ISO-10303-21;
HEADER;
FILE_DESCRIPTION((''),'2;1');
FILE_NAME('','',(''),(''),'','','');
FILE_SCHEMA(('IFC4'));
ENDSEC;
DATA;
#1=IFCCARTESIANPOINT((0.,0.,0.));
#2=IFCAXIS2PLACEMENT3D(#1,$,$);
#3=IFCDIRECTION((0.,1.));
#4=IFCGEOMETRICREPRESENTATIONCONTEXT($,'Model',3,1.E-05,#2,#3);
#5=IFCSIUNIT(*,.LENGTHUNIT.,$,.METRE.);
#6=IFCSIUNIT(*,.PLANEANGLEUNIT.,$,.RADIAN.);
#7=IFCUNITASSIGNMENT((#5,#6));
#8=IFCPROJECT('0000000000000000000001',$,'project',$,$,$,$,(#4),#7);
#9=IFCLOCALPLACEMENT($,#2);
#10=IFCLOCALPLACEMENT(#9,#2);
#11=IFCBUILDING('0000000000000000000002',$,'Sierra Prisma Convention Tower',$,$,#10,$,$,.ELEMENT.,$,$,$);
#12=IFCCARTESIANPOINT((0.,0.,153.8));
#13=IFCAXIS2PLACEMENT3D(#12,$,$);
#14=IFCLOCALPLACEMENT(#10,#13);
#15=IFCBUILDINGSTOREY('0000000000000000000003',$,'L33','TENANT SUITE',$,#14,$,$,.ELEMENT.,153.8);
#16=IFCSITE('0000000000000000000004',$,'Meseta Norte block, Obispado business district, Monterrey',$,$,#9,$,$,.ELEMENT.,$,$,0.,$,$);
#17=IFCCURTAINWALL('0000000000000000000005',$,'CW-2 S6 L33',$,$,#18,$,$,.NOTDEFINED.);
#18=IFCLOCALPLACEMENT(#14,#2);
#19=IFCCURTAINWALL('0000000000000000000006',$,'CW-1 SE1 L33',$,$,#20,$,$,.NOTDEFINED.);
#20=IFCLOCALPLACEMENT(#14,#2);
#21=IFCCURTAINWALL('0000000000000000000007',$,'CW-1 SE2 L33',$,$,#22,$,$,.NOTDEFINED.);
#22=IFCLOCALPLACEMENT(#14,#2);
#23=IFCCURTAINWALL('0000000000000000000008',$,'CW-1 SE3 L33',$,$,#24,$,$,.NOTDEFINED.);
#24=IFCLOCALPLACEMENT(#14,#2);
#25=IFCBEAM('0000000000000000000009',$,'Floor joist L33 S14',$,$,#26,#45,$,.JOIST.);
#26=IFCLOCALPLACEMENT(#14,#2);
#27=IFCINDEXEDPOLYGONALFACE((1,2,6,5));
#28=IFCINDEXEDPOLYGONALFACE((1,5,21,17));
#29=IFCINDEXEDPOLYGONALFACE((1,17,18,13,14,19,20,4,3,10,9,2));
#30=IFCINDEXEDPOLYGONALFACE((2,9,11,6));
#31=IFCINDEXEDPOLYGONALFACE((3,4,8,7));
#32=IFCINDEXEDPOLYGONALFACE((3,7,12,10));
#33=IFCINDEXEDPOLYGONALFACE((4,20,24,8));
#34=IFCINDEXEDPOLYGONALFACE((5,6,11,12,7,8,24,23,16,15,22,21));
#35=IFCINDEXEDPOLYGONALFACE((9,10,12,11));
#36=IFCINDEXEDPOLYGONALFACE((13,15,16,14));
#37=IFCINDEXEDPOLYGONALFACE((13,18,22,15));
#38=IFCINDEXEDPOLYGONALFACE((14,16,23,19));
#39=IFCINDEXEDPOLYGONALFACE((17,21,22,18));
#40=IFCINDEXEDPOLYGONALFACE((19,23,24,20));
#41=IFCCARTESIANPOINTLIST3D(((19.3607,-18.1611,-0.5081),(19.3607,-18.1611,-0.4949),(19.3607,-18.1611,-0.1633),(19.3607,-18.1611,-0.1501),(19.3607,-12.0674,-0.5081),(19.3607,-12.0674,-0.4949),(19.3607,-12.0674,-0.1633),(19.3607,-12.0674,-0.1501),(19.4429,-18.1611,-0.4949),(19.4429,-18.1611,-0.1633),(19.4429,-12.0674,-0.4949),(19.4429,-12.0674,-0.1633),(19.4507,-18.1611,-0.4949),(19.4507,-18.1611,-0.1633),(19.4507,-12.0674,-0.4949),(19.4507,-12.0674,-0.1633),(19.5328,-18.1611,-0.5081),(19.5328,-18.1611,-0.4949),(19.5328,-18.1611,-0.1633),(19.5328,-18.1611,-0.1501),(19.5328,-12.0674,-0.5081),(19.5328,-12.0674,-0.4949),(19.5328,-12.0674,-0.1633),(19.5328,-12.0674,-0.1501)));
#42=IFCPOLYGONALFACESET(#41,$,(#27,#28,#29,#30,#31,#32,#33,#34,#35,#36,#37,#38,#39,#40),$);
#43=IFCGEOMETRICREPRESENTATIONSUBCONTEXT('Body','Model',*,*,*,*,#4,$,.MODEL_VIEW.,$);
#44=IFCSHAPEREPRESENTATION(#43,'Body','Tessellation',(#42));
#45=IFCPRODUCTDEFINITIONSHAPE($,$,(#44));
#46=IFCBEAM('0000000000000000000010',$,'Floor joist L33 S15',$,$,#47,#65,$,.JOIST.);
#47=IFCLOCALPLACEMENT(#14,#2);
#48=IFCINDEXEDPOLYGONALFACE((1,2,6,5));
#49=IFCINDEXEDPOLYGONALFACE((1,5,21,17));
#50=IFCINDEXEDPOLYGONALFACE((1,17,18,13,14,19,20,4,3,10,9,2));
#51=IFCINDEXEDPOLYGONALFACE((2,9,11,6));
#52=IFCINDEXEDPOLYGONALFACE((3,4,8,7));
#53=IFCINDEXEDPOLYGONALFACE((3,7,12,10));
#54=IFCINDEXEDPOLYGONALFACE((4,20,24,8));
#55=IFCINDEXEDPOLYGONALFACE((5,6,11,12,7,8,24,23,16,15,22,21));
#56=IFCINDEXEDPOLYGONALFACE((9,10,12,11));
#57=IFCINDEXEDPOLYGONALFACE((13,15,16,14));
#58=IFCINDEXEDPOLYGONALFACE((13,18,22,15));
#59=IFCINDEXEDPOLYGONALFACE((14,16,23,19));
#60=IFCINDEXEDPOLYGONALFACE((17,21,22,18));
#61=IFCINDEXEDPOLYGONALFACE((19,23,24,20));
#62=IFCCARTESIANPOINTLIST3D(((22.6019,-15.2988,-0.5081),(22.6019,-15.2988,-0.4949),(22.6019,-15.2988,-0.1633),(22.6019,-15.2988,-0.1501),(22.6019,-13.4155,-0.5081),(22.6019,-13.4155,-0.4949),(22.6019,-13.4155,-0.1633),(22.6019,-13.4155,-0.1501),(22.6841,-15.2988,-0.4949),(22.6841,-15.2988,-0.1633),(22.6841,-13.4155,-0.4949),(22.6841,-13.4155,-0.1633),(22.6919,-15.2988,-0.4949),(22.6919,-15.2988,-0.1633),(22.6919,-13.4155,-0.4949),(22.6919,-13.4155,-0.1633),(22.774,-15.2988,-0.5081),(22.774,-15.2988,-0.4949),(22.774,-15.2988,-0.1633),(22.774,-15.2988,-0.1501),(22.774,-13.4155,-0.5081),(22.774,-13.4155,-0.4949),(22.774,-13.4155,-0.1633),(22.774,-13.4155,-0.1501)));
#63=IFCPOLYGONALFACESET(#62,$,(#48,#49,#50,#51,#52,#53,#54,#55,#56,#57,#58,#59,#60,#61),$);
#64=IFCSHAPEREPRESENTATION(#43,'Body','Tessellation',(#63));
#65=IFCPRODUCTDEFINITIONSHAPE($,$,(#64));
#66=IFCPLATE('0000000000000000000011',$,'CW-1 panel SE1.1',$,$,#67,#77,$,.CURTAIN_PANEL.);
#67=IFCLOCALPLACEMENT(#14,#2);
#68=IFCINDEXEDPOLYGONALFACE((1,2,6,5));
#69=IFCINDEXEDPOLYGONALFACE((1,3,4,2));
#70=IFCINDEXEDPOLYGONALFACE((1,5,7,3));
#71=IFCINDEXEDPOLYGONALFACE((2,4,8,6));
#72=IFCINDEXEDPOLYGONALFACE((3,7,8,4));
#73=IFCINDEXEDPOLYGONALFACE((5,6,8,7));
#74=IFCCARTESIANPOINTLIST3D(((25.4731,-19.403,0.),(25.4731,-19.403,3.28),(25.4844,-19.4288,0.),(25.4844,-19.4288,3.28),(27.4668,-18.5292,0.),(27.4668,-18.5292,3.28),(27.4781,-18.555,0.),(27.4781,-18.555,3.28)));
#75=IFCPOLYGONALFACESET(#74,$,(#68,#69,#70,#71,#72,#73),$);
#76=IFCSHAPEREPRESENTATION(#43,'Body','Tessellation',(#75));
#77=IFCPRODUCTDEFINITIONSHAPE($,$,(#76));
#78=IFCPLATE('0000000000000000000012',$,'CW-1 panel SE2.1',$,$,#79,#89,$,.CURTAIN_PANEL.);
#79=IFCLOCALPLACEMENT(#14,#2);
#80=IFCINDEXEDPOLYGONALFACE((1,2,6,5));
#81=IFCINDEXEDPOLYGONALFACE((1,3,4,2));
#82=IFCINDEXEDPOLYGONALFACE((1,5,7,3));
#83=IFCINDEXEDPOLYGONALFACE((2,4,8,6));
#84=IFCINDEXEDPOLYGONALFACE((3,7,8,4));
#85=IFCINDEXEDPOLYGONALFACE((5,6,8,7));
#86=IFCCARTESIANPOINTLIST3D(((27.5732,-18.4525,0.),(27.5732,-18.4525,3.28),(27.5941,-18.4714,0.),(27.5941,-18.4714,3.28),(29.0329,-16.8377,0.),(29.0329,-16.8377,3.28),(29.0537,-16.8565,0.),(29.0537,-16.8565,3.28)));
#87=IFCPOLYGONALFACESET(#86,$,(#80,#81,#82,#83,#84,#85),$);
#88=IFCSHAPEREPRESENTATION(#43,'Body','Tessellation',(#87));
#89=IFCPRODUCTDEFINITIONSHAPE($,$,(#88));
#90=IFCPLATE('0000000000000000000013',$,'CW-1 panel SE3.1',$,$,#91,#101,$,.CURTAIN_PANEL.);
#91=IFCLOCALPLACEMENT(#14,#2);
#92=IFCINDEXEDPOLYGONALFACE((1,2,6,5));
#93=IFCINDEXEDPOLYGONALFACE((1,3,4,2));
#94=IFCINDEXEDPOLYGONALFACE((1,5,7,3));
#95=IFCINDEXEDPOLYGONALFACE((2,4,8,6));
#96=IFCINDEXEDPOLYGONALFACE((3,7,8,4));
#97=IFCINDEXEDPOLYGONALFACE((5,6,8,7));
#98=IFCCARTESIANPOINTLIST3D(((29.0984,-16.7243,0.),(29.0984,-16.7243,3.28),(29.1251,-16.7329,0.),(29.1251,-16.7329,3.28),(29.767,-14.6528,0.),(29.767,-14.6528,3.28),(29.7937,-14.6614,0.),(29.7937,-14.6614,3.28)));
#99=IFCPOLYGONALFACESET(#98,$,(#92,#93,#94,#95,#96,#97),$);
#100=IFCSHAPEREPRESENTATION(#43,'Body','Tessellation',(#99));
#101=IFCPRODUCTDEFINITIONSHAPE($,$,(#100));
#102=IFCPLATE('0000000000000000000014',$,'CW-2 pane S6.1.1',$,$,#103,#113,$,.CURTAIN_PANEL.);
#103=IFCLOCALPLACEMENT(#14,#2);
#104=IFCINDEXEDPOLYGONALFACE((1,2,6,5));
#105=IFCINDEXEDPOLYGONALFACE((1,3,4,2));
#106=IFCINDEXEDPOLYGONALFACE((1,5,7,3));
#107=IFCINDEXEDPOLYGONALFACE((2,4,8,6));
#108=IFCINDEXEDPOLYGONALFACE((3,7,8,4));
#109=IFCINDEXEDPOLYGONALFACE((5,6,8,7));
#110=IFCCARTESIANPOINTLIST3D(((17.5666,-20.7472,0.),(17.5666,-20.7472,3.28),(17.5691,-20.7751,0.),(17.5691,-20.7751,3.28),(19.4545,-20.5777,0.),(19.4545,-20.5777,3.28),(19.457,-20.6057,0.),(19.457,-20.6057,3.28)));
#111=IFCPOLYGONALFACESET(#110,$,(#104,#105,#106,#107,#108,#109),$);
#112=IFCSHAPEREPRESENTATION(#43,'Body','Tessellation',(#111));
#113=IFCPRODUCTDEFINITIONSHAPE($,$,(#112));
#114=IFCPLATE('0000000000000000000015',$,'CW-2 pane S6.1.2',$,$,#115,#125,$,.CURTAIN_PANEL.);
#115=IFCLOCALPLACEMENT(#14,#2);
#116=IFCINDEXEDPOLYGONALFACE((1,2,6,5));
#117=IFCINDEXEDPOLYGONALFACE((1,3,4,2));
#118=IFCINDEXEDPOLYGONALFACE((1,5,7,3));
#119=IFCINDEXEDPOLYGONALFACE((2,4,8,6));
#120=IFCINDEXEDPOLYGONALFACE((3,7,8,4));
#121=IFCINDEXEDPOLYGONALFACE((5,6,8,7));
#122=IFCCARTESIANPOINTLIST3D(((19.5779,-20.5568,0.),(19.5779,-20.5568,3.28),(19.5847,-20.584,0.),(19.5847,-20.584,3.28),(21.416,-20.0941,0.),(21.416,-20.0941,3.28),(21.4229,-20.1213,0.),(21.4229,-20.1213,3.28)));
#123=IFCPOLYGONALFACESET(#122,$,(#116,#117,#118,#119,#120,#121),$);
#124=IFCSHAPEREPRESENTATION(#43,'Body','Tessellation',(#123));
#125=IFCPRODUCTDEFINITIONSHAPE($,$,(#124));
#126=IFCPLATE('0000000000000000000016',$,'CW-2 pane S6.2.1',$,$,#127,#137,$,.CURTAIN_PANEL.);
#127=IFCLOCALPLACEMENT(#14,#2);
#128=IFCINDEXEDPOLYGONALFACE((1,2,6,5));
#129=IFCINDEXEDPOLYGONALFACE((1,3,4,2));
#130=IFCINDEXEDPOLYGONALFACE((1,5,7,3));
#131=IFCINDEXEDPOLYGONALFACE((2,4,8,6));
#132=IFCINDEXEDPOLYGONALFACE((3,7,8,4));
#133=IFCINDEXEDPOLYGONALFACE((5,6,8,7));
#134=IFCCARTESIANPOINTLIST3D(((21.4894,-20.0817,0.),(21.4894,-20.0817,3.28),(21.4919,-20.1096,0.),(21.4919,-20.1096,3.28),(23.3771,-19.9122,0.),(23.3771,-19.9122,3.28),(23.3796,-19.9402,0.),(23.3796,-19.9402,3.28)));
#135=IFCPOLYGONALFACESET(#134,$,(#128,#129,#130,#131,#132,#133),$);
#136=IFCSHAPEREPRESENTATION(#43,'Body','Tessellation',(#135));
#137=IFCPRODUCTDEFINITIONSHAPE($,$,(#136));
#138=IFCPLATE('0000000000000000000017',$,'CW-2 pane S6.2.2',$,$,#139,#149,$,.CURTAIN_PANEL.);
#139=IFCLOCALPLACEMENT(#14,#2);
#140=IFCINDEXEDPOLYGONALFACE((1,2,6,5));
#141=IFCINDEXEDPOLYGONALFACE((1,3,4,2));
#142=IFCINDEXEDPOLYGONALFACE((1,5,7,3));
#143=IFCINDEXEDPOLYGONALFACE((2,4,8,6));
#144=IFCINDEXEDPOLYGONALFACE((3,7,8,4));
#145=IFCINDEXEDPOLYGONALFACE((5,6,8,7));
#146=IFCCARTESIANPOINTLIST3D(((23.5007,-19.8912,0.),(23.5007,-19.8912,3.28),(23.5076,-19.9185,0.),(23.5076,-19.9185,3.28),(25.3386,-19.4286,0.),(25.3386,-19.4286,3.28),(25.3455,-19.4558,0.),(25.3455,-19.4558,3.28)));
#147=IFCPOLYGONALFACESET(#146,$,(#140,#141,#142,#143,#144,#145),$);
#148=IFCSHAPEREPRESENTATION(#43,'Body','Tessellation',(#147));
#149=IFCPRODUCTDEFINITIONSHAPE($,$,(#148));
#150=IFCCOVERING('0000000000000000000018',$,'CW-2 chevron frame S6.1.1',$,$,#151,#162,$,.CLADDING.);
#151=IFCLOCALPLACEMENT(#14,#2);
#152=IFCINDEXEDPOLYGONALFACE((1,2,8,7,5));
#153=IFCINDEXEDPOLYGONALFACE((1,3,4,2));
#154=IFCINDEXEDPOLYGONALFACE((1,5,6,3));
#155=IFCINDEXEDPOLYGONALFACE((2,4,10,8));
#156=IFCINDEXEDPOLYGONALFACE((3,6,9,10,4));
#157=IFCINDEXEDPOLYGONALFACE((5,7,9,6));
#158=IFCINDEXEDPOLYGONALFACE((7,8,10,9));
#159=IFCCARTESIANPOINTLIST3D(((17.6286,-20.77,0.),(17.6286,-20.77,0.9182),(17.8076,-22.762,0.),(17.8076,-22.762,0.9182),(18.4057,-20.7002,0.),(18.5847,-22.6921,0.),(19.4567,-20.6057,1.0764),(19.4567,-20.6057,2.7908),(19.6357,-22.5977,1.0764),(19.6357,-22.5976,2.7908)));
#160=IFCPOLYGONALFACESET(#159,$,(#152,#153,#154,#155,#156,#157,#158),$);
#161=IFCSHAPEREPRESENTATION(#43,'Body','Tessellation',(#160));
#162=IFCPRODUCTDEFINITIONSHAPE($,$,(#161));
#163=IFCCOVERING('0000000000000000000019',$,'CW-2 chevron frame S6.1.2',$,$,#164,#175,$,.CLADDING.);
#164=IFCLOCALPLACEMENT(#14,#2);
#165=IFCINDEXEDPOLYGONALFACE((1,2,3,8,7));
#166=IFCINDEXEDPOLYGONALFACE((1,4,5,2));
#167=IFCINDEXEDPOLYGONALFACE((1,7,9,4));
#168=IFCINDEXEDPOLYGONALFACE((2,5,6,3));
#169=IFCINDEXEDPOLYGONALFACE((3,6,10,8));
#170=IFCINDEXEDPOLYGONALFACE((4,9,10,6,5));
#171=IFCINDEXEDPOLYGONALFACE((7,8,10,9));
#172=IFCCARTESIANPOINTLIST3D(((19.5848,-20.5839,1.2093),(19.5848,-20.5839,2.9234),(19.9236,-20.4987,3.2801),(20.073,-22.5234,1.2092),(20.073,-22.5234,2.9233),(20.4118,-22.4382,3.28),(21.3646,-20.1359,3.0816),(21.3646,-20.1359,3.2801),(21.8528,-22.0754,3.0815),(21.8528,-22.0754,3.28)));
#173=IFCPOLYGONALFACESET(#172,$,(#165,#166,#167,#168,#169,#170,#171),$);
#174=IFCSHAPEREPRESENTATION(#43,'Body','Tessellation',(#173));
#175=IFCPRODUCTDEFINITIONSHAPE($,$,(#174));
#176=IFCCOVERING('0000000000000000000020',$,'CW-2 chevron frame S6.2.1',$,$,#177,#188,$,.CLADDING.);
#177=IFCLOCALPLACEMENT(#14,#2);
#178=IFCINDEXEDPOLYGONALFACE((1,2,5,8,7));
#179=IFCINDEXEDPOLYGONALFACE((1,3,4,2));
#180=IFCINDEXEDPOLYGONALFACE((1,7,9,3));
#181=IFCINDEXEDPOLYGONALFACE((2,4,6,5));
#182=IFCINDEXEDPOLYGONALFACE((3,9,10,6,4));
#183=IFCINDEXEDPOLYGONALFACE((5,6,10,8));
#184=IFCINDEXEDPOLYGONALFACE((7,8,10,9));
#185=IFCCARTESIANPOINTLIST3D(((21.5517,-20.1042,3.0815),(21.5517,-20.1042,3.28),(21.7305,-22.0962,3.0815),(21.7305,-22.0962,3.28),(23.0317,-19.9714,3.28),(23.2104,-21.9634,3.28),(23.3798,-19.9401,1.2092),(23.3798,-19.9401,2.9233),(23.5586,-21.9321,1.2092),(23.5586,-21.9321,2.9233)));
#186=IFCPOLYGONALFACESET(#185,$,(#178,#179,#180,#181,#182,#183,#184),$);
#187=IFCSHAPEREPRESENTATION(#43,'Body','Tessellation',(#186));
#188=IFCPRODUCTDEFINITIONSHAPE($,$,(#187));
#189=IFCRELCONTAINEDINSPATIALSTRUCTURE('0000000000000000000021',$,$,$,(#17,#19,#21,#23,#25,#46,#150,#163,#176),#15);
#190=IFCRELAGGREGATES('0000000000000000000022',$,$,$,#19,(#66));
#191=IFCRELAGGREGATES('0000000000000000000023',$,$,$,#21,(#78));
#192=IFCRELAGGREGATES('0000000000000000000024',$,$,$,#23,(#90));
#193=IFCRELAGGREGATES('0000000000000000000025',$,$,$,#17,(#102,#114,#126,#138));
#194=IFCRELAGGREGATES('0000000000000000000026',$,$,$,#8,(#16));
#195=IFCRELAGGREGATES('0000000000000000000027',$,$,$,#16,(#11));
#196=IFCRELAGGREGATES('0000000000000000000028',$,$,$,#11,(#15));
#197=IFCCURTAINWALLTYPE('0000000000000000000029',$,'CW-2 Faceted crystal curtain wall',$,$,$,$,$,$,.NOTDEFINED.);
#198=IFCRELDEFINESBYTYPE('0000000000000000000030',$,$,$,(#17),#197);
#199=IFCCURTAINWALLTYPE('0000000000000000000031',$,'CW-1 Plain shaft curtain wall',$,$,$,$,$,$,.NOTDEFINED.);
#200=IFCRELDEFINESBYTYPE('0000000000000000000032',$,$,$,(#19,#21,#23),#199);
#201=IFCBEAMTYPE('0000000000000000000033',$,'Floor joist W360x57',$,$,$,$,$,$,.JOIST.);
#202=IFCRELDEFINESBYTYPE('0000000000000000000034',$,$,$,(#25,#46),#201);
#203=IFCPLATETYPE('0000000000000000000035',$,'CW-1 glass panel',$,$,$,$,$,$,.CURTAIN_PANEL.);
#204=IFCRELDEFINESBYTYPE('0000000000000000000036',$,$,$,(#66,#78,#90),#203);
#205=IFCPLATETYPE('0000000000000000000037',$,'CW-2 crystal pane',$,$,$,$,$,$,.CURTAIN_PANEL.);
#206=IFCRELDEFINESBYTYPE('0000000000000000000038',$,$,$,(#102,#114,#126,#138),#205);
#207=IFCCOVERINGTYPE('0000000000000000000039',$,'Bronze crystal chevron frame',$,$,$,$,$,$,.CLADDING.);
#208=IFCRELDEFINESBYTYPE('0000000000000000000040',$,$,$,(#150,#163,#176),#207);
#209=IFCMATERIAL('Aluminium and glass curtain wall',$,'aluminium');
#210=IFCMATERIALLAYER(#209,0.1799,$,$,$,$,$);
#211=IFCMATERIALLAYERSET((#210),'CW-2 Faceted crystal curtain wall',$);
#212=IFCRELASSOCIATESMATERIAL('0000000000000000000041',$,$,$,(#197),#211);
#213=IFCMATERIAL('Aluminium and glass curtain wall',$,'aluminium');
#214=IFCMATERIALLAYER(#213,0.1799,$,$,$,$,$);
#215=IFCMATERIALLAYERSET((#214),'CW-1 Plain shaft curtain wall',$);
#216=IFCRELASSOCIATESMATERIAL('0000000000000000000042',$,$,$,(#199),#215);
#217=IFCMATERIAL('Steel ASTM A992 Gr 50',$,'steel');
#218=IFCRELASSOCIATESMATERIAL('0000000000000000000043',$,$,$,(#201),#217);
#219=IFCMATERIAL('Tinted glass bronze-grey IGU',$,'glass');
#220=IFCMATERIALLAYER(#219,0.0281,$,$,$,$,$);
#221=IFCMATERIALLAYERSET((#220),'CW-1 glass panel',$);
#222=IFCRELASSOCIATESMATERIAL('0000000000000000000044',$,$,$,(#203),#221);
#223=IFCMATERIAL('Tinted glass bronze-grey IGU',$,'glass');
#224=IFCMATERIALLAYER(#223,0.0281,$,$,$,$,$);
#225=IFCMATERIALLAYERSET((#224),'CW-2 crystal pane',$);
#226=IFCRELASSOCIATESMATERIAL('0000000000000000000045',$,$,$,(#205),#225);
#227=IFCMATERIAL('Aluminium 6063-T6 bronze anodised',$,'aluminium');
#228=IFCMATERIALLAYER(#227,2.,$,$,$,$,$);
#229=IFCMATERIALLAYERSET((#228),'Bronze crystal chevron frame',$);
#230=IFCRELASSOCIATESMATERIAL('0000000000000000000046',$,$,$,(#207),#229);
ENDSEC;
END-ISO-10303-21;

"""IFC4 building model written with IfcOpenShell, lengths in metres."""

from ifc_helpers import new_model, si_unit, direction, frame, origin, origin_2d, place, context, subcontext, project, spatial, polyline, rectangle, i_section, outline, extrude, material, layer, layer_set, material_profile, profile_set, type_object, element, aggregate, save


model = new_model("IFC4")

# Units and contexts
model_context = context("Model", 3, precision=1e-05, world=origin(), true_north=direction((0.0, 1.0)))
body_context = subcontext(model_context, "Body", "Model", "MODEL_VIEW")
ifc_project = project(units=[si_unit("LENGTHUNIT", "METRE"), si_unit("PLANEANGLEUNIT", "RADIAN")], contexts=[model_context])

# Site, building, storey
site_placement = place(None, origin())
site = spatial("IfcSite", under=ifc_project, at=site_placement, Name="Meseta Norte block, Obispado business district, Monterrey", CompositionType="ELEMENT", RefElevation=0.0)
building_placement = place(site_placement, origin())
building = spatial("IfcBuilding", under=site, at=building_placement, Name="Sierra Prisma Convention Tower", CompositionType="ELEMENT")
storey_placement = place(building_placement, frame((0.0, 0.0, 153.8)))
storey = spatial("IfcBuildingStorey", under=building, at=storey_placement, Name="L33", Description="TENANT SUITE", CompositionType="ELEMENT", Elevation=153.8)

# Curtain wall
ifc_material_1 = material(Name="Aluminium and glass curtain wall", Category="aluminium")
ifc_layer_1 = layer(ifc_material_1, 0.1799)
ifc_layer_set_1 = layer_set([ifc_layer_1], Name="CW-2 Faceted crystal curtain wall")
curtain_wall_type_1 = type_object("IfcCurtainWallType", Name="CW-2 Faceted crystal curtain wall", PredefinedType="NOTDEFINED", material=ifc_layer_set_1)
curtain_wall_1_placement = place(storey_placement, origin())
curtain_wall_1 = element("IfcCurtainWall", 1, at=curtain_wall_1_placement, inside=storey, type_object=curtain_wall_type_1, Name="CW-2 S6 L33", PredefinedType="NOTDEFINED")

# Curtain walls
ifc_material_2 = material(Name="Aluminium and glass curtain wall", Category="aluminium")
ifc_layer_2 = layer(ifc_material_2, 0.1799)
ifc_layer_set_2 = layer_set([ifc_layer_2], Name="CW-1 Plain shaft curtain wall")
curtain_wall_type_2 = type_object("IfcCurtainWallType", Name="CW-1 Plain shaft curtain wall", PredefinedType="NOTDEFINED", material=ifc_layer_set_2)
curtain_wall_2_placement = place(storey_placement, origin())
curtain_wall_2 = element("IfcCurtainWall", 2, at=curtain_wall_2_placement, inside=storey, type_object=curtain_wall_type_2, Name="CW-1 SE1 L33", PredefinedType="NOTDEFINED")
curtain_wall_3_placement = place(storey_placement, origin())
curtain_wall_3 = element("IfcCurtainWall", 3, at=curtain_wall_3_placement, inside=storey, type_object=curtain_wall_type_2, Name="CW-1 SE2 L33", PredefinedType="NOTDEFINED")
curtain_wall_4_placement = place(storey_placement, origin())
curtain_wall_4 = element("IfcCurtainWall", 4, at=curtain_wall_4_placement, inside=storey, type_object=curtain_wall_type_2, Name="CW-1 SE3 L33", PredefinedType="NOTDEFINED")

# Beams
ifc_material_3 = material(Name="Steel ASTM A992 Gr 50", Category="steel")
ifc_material_profile_1 = material_profile(ifc_material_3, i_section(OverallWidth=0.1721, OverallDepth=0.3579, WebThickness=0.0078, FlangeThickness=0.0132, at=origin_2d()), Name="W360x57")
ifc_profile_set_1 = profile_set([ifc_material_profile_1], Name="Steel ASTM A992 Gr 50")
beam_type = type_object("IfcBeamType", Name="Floor joist W360x57", PredefinedType="JOIST", material=ifc_profile_set_1)
beam_1_placement = place(storey_placement, frame((19.4468, -18.1611, -0.3291), z_axis=(0.0, 1.0, 0.0), x_axis=(-1.0, 0.0, 0.0)))
element("IfcBeam", 5, at=beam_1_placement, inside=storey, type_object=beam_type, Name="Floor joist L33 S14", PredefinedType="JOIST", context=body_context, shape_type="SweptSolid", body=[
    extrude(i_section(OverallWidth=0.1721, OverallDepth=0.3579, WebThickness=0.0078, FlangeThickness=0.0132, at=origin_2d()), origin(), (0.0, 0.0, 1.0), 6.0938),
])
beam_2_placement = place(storey_placement, frame((22.688, -15.2988, -0.3291), z_axis=(0.0, 1.0, 0.0), x_axis=(-1.0, 0.0, 0.0)))
element("IfcBeam", 6, at=beam_2_placement, inside=storey, type_object=beam_type, Name="Floor joist L33 S15", PredefinedType="JOIST", context=body_context, shape_type="SweptSolid", body=[
    extrude(i_section(OverallWidth=0.1721, OverallDepth=0.3579, WebThickness=0.0078, FlangeThickness=0.0132, at=origin_2d()), origin(), (0.0, 0.0, 1.0), 1.8833),
])

# Plates
ifc_material_4 = material(Name="Tinted glass bronze-grey IGU", Category="glass")
ifc_layer_3 = layer(ifc_material_4, 0.0281)
ifc_layer_set_3 = layer_set([ifc_layer_3], Name="CW-1 glass panel")
plate_type_1 = type_object("IfcPlateType", Name="CW-1 glass panel", PredefinedType="CURTAIN_PANEL", material=ifc_layer_set_3)
plate_1_placement = place(storey_placement, frame((26.4756, -18.979, 0.0), z_axis=(0.0, 0.0, 1.0), x_axis=(0.915893, 0.401423, 0.0)))
plate_1 = element("IfcPlate", 7, at=plate_1_placement, type_object=plate_type_1, Name="CW-1 panel SE1.1", PredefinedType="CURTAIN_PANEL", context=body_context, shape_type="SweptSolid", body=[
    extrude(rectangle(XDim=2.1768, YDim=0.0281, at=origin_2d()), origin(), (0.0, 0.0, 1.0), 3.28),
])
aggregate(curtain_wall_2, [plate_1])
plate_2_placement = place(storey_placement, frame((28.3135, -17.6545, 0.0), z_axis=(0.0, 0.0, 1.0), x_axis=(0.670568, 0.741848, 0.0)))
plate_2 = element("IfcPlate", 8, at=plate_2_placement, type_object=plate_type_1, Name="CW-1 panel SE2.1", PredefinedType="CURTAIN_PANEL", context=body_context, shape_type="SweptSolid", body=[
    extrude(rectangle(XDim=2.1768, YDim=0.0281, at=origin_2d()), origin(), (0.0, 0.0, 1.0), 3.28),
])
aggregate(curtain_wall_3, [plate_2])
plate_3_placement = place(storey_placement, frame((29.446, -15.6929, 0.0), z_axis=(0.0, 0.0, 1.0), x_axis=(0.307175, 0.951653, 0.0)))
plate_3 = element("IfcPlate", 9, at=plate_3_placement, type_object=plate_type_1, Name="CW-1 panel SE3.1", PredefinedType="CURTAIN_PANEL", context=body_context, shape_type="SweptSolid", body=[
    extrude(rectangle(XDim=2.1768, YDim=0.0281, at=origin_2d()), origin(), (0.0, 0.0, 1.0), 3.28),
])
aggregate(curtain_wall_4, [plate_3])
ifc_material_5 = material(Name="Tinted glass bronze-grey IGU", Category="glass")
ifc_layer_4 = layer(ifc_material_5, 0.0281)
ifc_layer_set_4 = layer_set([ifc_layer_4], Name="CW-2 crystal pane")
plate_type_2 = type_object("IfcPlateType", Name="CW-2 crystal pane", PredefinedType="CURTAIN_PANEL", material=ifc_layer_set_4)
plate_4_placement = place(storey_placement, frame((17.5691, -20.7751, 0.0), z_axis=(0.089386, -0.995997, 0.0), x_axis=(0.995997, 0.089386, 0.0)))
plate_4 = element("IfcPlate", 10, at=plate_4_placement, type_object=plate_type_2, Name="CW-2 pane S6.1.1", PredefinedType="CURTAIN_PANEL", context=body_context, shape_type="SweptSolid", body=[
    extrude(outline(polyline([(0.0, 0.0), (1.8955, 0.0), (1.8955, 3.28), (0.0, 3.28), (0.0, 0.0)])), origin(), (0.0, 0.0, -1.0), 0.0281),
])
plate_5_placement = place(storey_placement, frame((21.4229, -20.1213, 0.0), z_axis=(0.244081, -0.969755, 0.0), x_axis=(-0.969755, -0.244081, 0.0)))
plate_5 = element("IfcPlate", 11, at=plate_5_placement, type_object=plate_type_2, Name="CW-2 pane S6.1.2", PredefinedType="CURTAIN_PANEL", context=body_context, shape_type="SweptSolid", body=[
    extrude(outline(polyline([(0.0, 0.0), (1.8955, 0.0), (1.8955, -3.28), (0.0, -3.28), (0.0, 0.0)])), origin(), (0.0, 0.0, -1.0), 0.0281),
])
plate_6_placement = place(storey_placement, frame((21.4919, -20.1096, 0.0), z_axis=(0.089397, -0.995996, 0.0), x_axis=(0.995996, 0.089397, 0.0)))
plate_6 = element("IfcPlate", 12, at=plate_6_placement, type_object=plate_type_2, Name="CW-2 pane S6.2.1", PredefinedType="CURTAIN_PANEL", context=body_context, shape_type="SweptSolid", body=[
    extrude(outline(polyline([(0.0, 0.0), (1.8953, 0.0), (1.8953, 3.28), (0.0, 3.28), (0.0, 0.0)])), origin(), (0.0, 0.0, -1.0), 0.0281),
])
plate_7_placement = place(storey_placement, frame((25.3455, -19.4558, 0.0), z_axis=(0.244111, -0.969747, 0.0), x_axis=(-0.969747, -0.244111, 0.0)))
plate_7 = element("IfcPlate", 13, at=plate_7_placement, type_object=plate_type_2, Name="CW-2 pane S6.2.2", PredefinedType="CURTAIN_PANEL", context=body_context, shape_type="SweptSolid", body=[
    extrude(outline(polyline([(0.0, 0.0), (1.8952, 0.0), (1.8952, -3.28), (0.0, -3.28), (0.0, 0.0)])), origin(), (0.0, 0.0, -1.0), 0.0281),
])
aggregate(curtain_wall_1, [plate_4, plate_5, plate_6, plate_7])

# Coverings
ifc_material_6 = material(Name="Aluminium 6063-T6 bronze anodised", Category="aluminium")
ifc_layer_5 = layer(ifc_material_6, 2.0)
ifc_layer_set_5 = layer_set([ifc_layer_5], Name="Bronze crystal chevron frame")
covering_type = type_object("IfcCoveringType", Name="Bronze crystal chevron frame", PredefinedType="CLADDING", material=ifc_layer_set_5)
covering_1_placement = place(storey_placement, frame((17.8076, -22.762, 0.0), z_axis=(0.089513, -0.995986, 0.000006), x_axis=(0.995986, 0.089513, 0.0)))
element("IfcCovering", 14, at=covering_1_placement, inside=storey, type_object=covering_type, Name="CW-2 chevron frame S6.1.1", PredefinedType="CLADDING", context=body_context, shape_type="SweptSolid", body=[
    extrude(outline(polyline([(0.0, 0.0), (0.7802, 0.0), (1.8355, 1.0764), (1.8355, 2.7908), (0.0, 0.9182), (0.0, 0.0)])), origin(), (0.0, 0.0, -1.0), 2.0),
])
covering_2_placement = place(storey_placement, frame((20.073, -22.5234, 2.9233), z_axis=(0.244108, -0.969748, -0.000041), x_axis=(-0.00001, 0.00004, -1.0)))
element("IfcCovering", 15, at=covering_2_placement, inside=storey, type_object=covering_type, Name="CW-2 chevron frame S6.1.2", PredefinedType="CLADDING", context=body_context, shape_type="SweptSolid", body=[
    extrude(outline(polyline([(0.0, 0.0), (1.7141, 0.0), (-0.1582, 1.8353), (-0.3567, 1.8353), (-0.3567, 0.3494), (0.0, 0.0)])), origin(), (0.0, 0.0, -1.0), 2.0),
])
covering_3_placement = place(storey_placement, frame((21.7305, -22.0962, 3.28), z_axis=(0.089384, -0.995997, -0.000003), x_axis=(0.0, 0.000003, -1.0)))
element("IfcCovering", 16, at=covering_3_placement, inside=storey, type_object=covering_type, Name="CW-2 chevron frame S6.2.1", PredefinedType="CLADDING", context=body_context, shape_type="SweptSolid", body=[
    extrude(outline(polyline([(0.0, 0.0), (0.1985, 0.0), (2.0708, 1.8355), (0.3567, 1.8355), (0.0, 1.4859), (0.0, 0.0)])), origin(), (0.0, 0.0, -1.0), 2.0),
])

save(model, "model.ifc")
